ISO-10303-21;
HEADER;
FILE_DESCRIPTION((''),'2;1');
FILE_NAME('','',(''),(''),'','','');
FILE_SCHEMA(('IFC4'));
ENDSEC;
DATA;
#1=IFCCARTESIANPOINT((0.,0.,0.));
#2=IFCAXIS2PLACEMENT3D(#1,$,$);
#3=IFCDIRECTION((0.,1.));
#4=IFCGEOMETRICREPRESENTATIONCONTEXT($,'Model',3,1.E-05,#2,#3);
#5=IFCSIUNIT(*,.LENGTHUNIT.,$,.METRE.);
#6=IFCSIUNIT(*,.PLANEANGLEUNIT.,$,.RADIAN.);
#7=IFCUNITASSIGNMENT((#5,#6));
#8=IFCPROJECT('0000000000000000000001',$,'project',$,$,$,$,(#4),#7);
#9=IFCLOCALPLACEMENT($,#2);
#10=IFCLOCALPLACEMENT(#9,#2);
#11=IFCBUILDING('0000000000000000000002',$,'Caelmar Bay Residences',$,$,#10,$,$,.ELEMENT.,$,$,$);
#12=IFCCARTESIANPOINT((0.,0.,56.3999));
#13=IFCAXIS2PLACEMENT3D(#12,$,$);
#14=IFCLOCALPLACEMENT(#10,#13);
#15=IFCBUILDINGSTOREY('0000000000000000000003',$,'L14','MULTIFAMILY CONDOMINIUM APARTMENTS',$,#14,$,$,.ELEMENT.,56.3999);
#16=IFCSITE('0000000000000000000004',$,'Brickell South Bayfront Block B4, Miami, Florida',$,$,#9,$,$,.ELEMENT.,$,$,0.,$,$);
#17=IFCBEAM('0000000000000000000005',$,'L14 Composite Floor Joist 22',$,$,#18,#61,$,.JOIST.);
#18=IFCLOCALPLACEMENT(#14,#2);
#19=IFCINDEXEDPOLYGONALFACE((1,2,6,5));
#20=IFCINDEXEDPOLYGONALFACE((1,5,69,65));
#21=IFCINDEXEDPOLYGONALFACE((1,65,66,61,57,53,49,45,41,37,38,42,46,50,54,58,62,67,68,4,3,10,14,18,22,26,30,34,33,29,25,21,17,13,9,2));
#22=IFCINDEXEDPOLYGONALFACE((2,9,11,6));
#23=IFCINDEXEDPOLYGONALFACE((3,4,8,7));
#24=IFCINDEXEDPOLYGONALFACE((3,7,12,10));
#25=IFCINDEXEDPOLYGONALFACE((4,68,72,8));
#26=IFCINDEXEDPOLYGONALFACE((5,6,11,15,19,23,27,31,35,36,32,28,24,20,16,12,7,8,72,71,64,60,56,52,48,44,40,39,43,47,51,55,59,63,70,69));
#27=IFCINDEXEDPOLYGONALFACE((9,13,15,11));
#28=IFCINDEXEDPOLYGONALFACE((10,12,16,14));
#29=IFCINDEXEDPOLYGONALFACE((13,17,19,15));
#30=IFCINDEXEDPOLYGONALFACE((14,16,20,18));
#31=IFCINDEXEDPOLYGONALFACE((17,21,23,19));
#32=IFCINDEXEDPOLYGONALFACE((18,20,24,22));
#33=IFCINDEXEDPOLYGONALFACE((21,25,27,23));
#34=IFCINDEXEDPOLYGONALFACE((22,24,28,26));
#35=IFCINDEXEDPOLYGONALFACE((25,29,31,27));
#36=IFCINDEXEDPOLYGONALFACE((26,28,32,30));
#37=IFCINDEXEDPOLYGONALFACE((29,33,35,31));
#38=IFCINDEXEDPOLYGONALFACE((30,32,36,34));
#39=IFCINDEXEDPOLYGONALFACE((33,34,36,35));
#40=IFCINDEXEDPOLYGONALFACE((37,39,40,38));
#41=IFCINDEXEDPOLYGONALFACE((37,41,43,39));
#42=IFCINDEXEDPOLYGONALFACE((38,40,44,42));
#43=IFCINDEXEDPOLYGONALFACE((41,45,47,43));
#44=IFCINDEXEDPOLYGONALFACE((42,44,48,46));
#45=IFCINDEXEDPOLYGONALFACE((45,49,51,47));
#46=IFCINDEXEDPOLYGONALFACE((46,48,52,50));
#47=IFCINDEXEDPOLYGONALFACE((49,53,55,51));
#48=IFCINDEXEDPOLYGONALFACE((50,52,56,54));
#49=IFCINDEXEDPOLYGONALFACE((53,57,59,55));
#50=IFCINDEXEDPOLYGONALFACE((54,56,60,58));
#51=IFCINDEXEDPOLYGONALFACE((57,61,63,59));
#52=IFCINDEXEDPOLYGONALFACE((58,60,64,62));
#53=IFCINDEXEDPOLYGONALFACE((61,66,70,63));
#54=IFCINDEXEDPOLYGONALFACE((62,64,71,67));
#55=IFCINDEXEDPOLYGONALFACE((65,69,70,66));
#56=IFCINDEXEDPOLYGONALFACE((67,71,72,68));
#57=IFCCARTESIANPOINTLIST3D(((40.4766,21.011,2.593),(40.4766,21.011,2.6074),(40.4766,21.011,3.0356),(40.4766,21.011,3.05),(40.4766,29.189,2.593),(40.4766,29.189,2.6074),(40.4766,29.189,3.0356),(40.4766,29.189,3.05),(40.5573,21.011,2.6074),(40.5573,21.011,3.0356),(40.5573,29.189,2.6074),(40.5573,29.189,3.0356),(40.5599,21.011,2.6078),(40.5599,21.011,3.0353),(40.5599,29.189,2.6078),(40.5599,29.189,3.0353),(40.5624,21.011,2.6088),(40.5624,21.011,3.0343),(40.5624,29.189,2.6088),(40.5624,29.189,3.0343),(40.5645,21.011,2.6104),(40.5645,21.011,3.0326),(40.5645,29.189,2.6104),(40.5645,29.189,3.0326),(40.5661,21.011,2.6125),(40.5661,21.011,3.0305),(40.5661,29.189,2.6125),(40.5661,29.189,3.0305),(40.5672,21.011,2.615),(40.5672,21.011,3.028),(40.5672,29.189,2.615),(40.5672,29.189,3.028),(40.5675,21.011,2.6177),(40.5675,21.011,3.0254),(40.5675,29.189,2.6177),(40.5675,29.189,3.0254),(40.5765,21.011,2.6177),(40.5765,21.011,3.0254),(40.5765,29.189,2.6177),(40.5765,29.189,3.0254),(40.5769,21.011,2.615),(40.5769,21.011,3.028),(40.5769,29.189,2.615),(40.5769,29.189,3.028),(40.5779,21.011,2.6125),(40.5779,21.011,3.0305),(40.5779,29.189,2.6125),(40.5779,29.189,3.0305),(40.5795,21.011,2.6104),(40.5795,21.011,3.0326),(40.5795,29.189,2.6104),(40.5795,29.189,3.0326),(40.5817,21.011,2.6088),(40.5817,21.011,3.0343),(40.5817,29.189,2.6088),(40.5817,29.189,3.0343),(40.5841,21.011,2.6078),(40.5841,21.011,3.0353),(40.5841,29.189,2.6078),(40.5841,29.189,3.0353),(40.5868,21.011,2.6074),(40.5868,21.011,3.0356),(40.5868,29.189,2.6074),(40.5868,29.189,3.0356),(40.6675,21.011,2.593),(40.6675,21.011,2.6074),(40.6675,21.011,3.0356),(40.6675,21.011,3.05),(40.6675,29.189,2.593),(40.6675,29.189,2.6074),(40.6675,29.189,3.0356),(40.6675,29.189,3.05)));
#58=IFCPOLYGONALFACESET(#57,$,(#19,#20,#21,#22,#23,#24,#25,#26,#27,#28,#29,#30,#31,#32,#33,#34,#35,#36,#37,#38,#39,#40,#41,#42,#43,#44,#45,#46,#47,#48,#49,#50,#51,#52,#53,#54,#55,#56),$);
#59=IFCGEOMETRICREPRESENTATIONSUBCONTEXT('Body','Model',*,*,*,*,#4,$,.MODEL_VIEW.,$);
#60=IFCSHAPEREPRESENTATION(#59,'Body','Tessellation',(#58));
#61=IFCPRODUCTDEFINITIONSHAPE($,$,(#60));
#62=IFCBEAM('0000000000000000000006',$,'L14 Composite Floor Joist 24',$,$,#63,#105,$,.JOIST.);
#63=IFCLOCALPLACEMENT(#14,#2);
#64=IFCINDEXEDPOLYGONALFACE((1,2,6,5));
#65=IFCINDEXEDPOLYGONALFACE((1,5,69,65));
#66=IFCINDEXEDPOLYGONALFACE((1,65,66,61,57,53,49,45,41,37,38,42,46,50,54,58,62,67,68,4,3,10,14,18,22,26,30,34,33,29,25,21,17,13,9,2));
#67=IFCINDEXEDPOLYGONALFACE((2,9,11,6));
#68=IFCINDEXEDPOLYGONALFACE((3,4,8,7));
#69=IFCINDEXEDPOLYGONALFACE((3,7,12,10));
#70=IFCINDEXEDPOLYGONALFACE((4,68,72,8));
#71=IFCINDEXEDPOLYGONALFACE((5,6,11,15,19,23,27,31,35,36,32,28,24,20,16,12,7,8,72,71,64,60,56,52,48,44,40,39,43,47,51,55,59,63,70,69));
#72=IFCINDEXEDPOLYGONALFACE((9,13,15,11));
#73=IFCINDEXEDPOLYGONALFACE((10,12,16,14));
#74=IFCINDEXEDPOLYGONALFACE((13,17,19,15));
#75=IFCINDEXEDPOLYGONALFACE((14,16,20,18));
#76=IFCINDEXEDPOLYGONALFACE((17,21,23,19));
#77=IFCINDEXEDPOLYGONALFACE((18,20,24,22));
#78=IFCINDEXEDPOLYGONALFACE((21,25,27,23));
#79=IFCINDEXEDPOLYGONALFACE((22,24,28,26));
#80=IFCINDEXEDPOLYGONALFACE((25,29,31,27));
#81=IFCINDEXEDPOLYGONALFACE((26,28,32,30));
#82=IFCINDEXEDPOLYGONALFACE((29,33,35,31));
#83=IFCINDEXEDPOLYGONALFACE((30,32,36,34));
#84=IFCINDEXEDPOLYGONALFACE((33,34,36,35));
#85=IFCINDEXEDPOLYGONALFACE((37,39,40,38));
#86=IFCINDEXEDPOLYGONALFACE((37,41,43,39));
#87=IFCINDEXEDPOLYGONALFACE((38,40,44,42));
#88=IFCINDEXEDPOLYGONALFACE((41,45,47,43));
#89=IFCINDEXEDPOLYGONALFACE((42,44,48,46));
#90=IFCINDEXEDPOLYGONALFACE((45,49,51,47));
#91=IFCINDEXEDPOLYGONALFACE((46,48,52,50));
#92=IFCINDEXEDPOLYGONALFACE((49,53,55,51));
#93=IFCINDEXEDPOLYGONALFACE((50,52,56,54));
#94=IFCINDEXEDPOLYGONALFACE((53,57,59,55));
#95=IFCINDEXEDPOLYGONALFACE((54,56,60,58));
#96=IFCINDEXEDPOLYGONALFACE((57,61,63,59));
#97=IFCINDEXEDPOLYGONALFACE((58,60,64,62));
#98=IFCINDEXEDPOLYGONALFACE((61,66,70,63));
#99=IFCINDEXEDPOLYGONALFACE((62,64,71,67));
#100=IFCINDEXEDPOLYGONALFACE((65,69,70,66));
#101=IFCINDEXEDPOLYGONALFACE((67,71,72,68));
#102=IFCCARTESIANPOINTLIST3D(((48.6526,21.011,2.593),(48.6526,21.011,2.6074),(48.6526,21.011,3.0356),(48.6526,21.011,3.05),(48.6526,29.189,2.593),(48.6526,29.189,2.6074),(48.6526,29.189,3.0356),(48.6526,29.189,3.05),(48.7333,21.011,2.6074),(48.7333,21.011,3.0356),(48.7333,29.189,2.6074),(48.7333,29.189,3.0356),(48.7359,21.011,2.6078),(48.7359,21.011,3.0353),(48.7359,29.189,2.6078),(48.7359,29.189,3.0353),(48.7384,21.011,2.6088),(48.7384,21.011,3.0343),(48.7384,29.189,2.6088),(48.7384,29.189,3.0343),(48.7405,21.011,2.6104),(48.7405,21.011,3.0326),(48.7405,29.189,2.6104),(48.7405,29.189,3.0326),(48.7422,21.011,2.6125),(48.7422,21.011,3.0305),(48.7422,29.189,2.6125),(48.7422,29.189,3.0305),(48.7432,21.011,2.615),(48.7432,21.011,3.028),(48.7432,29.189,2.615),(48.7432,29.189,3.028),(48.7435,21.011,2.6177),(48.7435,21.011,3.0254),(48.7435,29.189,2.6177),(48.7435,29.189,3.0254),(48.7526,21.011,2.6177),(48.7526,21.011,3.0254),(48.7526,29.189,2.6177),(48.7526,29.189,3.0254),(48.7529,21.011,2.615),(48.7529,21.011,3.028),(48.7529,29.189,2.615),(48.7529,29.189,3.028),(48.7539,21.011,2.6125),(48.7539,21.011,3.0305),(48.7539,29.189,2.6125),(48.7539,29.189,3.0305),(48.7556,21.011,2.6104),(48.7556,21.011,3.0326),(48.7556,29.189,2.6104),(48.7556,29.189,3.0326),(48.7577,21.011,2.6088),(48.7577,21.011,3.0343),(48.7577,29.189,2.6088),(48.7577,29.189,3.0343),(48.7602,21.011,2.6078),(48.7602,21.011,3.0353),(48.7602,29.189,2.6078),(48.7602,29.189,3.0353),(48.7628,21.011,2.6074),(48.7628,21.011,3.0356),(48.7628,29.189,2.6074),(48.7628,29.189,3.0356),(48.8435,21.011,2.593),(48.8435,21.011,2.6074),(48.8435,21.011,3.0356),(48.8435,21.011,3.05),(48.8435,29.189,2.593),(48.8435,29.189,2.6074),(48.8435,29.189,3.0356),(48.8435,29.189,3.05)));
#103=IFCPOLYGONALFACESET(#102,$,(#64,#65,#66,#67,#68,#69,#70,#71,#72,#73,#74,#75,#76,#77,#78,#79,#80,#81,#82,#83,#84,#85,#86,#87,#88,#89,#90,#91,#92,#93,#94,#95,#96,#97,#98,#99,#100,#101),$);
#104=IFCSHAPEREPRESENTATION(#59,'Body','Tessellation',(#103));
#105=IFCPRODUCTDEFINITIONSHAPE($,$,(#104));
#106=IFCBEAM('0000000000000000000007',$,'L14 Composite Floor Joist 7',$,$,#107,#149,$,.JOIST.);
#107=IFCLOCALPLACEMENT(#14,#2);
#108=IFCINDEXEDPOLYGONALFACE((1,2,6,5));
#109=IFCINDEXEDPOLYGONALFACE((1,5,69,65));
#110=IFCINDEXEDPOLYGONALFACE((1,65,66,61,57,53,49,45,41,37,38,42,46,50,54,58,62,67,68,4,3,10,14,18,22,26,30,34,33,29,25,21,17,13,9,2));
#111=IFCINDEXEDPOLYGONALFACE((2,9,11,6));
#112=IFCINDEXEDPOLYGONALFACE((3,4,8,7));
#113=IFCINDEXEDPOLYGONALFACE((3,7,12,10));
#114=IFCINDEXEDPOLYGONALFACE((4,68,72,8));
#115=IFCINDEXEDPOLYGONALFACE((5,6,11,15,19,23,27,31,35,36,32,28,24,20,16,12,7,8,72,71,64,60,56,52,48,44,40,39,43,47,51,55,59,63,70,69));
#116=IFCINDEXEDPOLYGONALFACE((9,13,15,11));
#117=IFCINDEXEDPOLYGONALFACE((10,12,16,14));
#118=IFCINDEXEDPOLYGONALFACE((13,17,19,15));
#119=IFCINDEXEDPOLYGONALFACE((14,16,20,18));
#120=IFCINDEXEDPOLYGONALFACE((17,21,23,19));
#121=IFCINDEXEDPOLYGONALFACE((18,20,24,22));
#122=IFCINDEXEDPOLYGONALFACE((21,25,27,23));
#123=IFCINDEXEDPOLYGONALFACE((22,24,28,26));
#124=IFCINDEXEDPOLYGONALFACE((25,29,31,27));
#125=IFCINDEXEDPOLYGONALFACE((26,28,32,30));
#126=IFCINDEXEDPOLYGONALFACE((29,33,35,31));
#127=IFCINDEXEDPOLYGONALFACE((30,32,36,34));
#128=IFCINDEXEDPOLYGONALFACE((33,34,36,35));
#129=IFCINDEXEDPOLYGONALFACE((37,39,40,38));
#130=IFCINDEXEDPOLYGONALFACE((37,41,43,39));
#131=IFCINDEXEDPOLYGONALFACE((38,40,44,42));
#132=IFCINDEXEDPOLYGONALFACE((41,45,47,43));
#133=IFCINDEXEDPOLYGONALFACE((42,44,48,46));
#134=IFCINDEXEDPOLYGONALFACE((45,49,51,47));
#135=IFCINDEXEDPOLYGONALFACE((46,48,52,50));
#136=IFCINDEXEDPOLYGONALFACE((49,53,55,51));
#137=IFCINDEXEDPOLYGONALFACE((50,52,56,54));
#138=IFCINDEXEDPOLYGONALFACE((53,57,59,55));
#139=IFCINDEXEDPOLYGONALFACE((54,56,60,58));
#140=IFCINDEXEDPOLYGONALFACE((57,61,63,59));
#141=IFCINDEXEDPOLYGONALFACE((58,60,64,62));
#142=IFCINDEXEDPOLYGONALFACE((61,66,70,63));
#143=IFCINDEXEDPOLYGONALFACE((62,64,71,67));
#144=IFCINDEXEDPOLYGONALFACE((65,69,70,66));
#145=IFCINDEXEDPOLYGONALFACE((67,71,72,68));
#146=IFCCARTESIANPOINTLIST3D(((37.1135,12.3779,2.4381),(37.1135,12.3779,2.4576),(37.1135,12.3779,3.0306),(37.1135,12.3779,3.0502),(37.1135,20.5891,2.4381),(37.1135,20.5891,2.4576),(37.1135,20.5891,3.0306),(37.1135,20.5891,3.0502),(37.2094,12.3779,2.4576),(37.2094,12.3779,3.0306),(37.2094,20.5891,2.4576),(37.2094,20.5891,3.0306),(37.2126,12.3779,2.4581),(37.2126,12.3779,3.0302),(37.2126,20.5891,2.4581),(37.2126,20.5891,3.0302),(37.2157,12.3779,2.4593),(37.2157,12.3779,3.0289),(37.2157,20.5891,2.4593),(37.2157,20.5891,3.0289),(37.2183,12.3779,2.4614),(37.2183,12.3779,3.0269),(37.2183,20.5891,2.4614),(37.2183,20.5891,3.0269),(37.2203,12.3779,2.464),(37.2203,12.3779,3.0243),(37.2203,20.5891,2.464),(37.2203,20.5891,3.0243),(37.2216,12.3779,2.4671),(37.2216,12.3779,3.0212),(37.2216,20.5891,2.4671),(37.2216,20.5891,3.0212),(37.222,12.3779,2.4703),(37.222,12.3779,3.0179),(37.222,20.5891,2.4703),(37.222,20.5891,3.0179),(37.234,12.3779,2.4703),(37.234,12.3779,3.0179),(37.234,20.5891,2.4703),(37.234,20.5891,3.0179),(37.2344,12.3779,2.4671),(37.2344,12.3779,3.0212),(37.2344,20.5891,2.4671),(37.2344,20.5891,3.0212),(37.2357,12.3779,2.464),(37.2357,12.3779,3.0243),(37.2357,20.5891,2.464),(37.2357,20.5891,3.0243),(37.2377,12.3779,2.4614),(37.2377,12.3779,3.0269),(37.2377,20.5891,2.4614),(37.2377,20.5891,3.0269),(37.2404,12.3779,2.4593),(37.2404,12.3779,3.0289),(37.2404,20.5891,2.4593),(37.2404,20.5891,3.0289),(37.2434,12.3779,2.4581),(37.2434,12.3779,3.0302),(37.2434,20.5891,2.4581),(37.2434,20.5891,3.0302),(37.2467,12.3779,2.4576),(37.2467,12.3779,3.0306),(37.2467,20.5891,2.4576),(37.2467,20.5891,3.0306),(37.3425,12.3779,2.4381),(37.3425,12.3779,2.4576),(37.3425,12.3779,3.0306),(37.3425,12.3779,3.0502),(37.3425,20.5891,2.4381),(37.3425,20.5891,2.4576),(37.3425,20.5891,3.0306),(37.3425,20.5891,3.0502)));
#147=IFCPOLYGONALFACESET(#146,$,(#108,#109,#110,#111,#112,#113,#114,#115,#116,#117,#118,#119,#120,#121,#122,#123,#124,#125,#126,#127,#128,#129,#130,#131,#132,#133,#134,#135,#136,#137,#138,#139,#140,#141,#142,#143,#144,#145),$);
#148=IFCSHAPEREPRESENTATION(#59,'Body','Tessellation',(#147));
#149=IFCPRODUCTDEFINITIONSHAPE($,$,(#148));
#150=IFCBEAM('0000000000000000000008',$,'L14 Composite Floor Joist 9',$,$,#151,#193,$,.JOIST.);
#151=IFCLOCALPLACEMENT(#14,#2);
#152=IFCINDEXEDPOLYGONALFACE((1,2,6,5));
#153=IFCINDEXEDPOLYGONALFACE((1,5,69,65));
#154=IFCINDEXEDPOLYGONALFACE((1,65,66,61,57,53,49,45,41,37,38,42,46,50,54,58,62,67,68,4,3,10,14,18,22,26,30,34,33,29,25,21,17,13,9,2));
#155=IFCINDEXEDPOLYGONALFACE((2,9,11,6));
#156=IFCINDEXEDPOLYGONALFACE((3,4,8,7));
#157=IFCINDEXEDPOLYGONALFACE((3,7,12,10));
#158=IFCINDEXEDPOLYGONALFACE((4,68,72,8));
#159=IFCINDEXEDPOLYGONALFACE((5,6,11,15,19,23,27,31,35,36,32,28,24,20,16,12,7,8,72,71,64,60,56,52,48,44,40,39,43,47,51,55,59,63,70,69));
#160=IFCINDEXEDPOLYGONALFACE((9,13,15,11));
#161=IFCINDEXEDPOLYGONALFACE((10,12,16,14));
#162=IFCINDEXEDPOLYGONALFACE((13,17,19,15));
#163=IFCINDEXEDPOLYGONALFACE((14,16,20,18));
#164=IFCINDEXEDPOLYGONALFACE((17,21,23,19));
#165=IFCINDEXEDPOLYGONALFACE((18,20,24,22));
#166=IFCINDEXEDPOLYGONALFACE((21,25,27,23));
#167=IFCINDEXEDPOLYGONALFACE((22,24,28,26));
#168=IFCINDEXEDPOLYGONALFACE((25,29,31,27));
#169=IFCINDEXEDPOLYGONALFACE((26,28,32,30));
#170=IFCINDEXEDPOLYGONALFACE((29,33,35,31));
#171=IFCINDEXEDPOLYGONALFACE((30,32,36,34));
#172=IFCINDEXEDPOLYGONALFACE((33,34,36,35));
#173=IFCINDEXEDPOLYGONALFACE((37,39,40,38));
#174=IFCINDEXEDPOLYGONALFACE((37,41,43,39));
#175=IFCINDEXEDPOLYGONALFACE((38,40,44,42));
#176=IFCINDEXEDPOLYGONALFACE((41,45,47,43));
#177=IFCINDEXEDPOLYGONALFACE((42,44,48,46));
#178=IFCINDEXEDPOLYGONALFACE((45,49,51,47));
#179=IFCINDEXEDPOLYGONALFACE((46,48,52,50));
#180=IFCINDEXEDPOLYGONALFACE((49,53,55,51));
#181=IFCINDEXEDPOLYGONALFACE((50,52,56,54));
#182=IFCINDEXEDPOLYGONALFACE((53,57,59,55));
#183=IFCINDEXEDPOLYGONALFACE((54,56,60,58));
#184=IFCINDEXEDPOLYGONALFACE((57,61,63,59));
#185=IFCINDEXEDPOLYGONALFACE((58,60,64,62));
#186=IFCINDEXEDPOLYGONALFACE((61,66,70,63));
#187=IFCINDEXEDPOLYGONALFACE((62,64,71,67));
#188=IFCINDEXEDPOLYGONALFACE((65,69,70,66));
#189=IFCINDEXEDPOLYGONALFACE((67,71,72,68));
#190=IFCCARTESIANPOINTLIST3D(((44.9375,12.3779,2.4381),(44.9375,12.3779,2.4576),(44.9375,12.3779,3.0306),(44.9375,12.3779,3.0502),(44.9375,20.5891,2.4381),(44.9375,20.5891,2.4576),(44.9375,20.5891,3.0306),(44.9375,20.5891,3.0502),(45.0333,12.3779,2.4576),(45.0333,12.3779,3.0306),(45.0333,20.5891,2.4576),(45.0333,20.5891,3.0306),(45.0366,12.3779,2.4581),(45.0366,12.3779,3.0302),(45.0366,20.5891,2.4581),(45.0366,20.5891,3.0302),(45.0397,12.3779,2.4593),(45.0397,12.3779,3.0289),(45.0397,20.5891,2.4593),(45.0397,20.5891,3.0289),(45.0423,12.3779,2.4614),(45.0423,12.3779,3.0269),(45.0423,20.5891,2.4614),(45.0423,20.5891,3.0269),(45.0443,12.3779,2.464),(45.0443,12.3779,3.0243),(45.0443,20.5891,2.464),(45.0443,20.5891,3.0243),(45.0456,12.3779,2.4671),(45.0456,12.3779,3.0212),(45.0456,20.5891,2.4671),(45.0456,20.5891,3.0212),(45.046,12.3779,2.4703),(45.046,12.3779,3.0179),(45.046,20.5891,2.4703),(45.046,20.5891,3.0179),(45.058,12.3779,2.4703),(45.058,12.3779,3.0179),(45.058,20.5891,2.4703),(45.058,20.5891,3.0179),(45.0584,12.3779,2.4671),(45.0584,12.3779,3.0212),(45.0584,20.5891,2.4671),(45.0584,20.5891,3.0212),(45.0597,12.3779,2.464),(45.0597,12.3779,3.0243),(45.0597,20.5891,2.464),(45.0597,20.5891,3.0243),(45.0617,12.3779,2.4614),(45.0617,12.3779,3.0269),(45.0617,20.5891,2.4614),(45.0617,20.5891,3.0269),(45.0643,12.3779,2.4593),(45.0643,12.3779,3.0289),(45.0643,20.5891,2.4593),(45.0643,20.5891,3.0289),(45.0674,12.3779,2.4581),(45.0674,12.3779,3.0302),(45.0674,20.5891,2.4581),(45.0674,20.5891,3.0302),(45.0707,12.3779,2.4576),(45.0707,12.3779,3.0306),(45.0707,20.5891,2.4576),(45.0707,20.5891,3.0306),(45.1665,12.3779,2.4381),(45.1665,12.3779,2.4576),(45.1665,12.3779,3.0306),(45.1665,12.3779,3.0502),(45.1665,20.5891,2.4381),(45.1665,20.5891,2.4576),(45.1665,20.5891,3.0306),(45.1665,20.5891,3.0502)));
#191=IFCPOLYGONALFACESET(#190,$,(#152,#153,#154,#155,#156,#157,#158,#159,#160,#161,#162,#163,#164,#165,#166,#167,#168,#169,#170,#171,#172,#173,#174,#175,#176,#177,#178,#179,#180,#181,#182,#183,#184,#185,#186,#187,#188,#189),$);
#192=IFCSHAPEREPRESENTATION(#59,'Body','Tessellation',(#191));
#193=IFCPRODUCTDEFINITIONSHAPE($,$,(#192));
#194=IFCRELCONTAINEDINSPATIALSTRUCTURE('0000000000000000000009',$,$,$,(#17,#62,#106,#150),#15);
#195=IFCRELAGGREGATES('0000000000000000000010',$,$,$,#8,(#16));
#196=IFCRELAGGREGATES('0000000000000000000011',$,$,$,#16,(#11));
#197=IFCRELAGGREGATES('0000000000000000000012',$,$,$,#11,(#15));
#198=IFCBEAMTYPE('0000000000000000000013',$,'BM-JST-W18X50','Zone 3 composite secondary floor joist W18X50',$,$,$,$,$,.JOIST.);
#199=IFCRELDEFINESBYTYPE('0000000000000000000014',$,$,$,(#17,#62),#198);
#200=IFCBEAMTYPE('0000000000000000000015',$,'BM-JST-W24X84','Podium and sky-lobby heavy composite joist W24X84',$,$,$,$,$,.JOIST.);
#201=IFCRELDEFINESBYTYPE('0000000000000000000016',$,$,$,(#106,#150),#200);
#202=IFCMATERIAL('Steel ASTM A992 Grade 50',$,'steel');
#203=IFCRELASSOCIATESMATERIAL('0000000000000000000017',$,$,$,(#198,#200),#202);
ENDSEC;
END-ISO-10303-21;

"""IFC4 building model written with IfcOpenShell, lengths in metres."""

from ifc_helpers import new_model, si_unit, direction, frame, origin, origin_2d, place, context, subcontext, project, spatial, i_section, extrude, material, material_profile, profile_set, type_object, element, save


model = new_model("IFC4")

# Units and contexts
model_context = context("Model", 3, precision=1e-05, world=origin(), true_north=direction((0.0, 1.0)))
body_context = subcontext(model_context, "Body", "Model", "MODEL_VIEW")
ifc_project = project(units=[si_unit("LENGTHUNIT", "METRE"), si_unit("PLANEANGLEUNIT", "RADIAN")], contexts=[model_context])

# Site, building, storey
site_placement = place(None, origin())
site = spatial("IfcSite", under=ifc_project, at=site_placement, Name="Brickell South Bayfront Block B4, Miami, Florida", CompositionType="ELEMENT", RefElevation=0.0)
building_placement = place(site_placement, origin())
building = spatial("IfcBuilding", under=site, at=building_placement, Name="Caelmar Bay Residences", CompositionType="ELEMENT")
storey_placement = place(building_placement, frame((0.0, 0.0, 56.3999)))
storey = spatial("IfcBuildingStorey", under=building, at=storey_placement, Name="L14", Description="MULTIFAMILY CONDOMINIUM APARTMENTS", CompositionType="ELEMENT", Elevation=56.3999)

# Beams
ifc_material_1 = material(Name="Steel ASTM A992 Grade 50", Category="steel")
ifc_material_profile_1 = material_profile(ifc_material_1, i_section(OverallWidth=0.1909, OverallDepth=0.457, WebThickness=0.009, FlangeThickness=0.0144, FilletRadius=0.0103, at=origin_2d()), Name="W18X50")
ifc_profile_set_1 = profile_set([ifc_material_profile_1], Name="Steel ASTM A992 Grade 50")
beam_type_1 = type_object("IfcBeamType", Name="BM-JST-W18X50", Description="Zone 3 composite secondary floor joist W18X50", PredefinedType="JOIST", material=ifc_profile_set_1)
for number, where, z_axis, x_axis, name in (
    (1, (40.572, 21.011, 2.8215), (0.0, 1.0, 0.0), (-1.0, 0.0, 0.0), "L14 Composite Floor Joist 22"),
    (2, (48.748, 21.011, 2.8215), (0.0, 1.0, 0.0), (-1.0, 0.0, 0.0), "L14 Composite Floor Joist 24"),
):
    element("IfcBeam", number, at=place(storey_placement, frame(where, z_axis=z_axis, x_axis=x_axis)), inside=storey, type_object=beam_type_1, Name=name, PredefinedType="JOIST", context=body_context, shape_type="SweptSolid", body=[
        extrude(i_section(OverallWidth=0.1909, OverallDepth=0.457, WebThickness=0.009, FlangeThickness=0.0144, FilletRadius=0.0103, at=origin_2d()), origin(), (0.0, 0.0, 1.0), 8.178),
    ])
ifc_material_profile_2 = material_profile(ifc_material_1, i_section(OverallWidth=0.229, OverallDepth=0.6121, WebThickness=0.012, FlangeThickness=0.0195, FilletRadius=0.0127, at=origin_2d()), Name="W24X84")
ifc_profile_set_2 = profile_set([ifc_material_profile_2], Name="Steel ASTM A992 Grade 50")
beam_type_2 = type_object("IfcBeamType", Name="BM-JST-W24X84", Description="Podium and sky-lobby heavy composite joist W24X84", PredefinedType="JOIST", material=ifc_profile_set_2)
for number, where, z_axis, x_axis, name in (
    (3, (37.228, 12.3779, 2.7441), (0.0, 1.0, 0.0), (-1.0, 0.0, 0.0), "L14 Composite Floor Joist 7"),
    (4, (45.052, 12.3779, 2.7441), (0.0, 1.0, 0.0), (-1.0, 0.0, 0.0), "L14 Composite Floor Joist 9"),
):
    element("IfcBeam", number, at=place(storey_placement, frame(where, z_axis=z_axis, x_axis=x_axis)), inside=storey, type_object=beam_type_2, Name=name, PredefinedType="JOIST", context=body_context, shape_type="SweptSolid", body=[
        extrude(i_section(OverallWidth=0.229, OverallDepth=0.6121, WebThickness=0.012, FlangeThickness=0.0195, FilletRadius=0.0127, at=origin_2d()), origin(), (0.0, 0.0, 1.0), 8.2112),
    ])

save(model, "model.ifc")
